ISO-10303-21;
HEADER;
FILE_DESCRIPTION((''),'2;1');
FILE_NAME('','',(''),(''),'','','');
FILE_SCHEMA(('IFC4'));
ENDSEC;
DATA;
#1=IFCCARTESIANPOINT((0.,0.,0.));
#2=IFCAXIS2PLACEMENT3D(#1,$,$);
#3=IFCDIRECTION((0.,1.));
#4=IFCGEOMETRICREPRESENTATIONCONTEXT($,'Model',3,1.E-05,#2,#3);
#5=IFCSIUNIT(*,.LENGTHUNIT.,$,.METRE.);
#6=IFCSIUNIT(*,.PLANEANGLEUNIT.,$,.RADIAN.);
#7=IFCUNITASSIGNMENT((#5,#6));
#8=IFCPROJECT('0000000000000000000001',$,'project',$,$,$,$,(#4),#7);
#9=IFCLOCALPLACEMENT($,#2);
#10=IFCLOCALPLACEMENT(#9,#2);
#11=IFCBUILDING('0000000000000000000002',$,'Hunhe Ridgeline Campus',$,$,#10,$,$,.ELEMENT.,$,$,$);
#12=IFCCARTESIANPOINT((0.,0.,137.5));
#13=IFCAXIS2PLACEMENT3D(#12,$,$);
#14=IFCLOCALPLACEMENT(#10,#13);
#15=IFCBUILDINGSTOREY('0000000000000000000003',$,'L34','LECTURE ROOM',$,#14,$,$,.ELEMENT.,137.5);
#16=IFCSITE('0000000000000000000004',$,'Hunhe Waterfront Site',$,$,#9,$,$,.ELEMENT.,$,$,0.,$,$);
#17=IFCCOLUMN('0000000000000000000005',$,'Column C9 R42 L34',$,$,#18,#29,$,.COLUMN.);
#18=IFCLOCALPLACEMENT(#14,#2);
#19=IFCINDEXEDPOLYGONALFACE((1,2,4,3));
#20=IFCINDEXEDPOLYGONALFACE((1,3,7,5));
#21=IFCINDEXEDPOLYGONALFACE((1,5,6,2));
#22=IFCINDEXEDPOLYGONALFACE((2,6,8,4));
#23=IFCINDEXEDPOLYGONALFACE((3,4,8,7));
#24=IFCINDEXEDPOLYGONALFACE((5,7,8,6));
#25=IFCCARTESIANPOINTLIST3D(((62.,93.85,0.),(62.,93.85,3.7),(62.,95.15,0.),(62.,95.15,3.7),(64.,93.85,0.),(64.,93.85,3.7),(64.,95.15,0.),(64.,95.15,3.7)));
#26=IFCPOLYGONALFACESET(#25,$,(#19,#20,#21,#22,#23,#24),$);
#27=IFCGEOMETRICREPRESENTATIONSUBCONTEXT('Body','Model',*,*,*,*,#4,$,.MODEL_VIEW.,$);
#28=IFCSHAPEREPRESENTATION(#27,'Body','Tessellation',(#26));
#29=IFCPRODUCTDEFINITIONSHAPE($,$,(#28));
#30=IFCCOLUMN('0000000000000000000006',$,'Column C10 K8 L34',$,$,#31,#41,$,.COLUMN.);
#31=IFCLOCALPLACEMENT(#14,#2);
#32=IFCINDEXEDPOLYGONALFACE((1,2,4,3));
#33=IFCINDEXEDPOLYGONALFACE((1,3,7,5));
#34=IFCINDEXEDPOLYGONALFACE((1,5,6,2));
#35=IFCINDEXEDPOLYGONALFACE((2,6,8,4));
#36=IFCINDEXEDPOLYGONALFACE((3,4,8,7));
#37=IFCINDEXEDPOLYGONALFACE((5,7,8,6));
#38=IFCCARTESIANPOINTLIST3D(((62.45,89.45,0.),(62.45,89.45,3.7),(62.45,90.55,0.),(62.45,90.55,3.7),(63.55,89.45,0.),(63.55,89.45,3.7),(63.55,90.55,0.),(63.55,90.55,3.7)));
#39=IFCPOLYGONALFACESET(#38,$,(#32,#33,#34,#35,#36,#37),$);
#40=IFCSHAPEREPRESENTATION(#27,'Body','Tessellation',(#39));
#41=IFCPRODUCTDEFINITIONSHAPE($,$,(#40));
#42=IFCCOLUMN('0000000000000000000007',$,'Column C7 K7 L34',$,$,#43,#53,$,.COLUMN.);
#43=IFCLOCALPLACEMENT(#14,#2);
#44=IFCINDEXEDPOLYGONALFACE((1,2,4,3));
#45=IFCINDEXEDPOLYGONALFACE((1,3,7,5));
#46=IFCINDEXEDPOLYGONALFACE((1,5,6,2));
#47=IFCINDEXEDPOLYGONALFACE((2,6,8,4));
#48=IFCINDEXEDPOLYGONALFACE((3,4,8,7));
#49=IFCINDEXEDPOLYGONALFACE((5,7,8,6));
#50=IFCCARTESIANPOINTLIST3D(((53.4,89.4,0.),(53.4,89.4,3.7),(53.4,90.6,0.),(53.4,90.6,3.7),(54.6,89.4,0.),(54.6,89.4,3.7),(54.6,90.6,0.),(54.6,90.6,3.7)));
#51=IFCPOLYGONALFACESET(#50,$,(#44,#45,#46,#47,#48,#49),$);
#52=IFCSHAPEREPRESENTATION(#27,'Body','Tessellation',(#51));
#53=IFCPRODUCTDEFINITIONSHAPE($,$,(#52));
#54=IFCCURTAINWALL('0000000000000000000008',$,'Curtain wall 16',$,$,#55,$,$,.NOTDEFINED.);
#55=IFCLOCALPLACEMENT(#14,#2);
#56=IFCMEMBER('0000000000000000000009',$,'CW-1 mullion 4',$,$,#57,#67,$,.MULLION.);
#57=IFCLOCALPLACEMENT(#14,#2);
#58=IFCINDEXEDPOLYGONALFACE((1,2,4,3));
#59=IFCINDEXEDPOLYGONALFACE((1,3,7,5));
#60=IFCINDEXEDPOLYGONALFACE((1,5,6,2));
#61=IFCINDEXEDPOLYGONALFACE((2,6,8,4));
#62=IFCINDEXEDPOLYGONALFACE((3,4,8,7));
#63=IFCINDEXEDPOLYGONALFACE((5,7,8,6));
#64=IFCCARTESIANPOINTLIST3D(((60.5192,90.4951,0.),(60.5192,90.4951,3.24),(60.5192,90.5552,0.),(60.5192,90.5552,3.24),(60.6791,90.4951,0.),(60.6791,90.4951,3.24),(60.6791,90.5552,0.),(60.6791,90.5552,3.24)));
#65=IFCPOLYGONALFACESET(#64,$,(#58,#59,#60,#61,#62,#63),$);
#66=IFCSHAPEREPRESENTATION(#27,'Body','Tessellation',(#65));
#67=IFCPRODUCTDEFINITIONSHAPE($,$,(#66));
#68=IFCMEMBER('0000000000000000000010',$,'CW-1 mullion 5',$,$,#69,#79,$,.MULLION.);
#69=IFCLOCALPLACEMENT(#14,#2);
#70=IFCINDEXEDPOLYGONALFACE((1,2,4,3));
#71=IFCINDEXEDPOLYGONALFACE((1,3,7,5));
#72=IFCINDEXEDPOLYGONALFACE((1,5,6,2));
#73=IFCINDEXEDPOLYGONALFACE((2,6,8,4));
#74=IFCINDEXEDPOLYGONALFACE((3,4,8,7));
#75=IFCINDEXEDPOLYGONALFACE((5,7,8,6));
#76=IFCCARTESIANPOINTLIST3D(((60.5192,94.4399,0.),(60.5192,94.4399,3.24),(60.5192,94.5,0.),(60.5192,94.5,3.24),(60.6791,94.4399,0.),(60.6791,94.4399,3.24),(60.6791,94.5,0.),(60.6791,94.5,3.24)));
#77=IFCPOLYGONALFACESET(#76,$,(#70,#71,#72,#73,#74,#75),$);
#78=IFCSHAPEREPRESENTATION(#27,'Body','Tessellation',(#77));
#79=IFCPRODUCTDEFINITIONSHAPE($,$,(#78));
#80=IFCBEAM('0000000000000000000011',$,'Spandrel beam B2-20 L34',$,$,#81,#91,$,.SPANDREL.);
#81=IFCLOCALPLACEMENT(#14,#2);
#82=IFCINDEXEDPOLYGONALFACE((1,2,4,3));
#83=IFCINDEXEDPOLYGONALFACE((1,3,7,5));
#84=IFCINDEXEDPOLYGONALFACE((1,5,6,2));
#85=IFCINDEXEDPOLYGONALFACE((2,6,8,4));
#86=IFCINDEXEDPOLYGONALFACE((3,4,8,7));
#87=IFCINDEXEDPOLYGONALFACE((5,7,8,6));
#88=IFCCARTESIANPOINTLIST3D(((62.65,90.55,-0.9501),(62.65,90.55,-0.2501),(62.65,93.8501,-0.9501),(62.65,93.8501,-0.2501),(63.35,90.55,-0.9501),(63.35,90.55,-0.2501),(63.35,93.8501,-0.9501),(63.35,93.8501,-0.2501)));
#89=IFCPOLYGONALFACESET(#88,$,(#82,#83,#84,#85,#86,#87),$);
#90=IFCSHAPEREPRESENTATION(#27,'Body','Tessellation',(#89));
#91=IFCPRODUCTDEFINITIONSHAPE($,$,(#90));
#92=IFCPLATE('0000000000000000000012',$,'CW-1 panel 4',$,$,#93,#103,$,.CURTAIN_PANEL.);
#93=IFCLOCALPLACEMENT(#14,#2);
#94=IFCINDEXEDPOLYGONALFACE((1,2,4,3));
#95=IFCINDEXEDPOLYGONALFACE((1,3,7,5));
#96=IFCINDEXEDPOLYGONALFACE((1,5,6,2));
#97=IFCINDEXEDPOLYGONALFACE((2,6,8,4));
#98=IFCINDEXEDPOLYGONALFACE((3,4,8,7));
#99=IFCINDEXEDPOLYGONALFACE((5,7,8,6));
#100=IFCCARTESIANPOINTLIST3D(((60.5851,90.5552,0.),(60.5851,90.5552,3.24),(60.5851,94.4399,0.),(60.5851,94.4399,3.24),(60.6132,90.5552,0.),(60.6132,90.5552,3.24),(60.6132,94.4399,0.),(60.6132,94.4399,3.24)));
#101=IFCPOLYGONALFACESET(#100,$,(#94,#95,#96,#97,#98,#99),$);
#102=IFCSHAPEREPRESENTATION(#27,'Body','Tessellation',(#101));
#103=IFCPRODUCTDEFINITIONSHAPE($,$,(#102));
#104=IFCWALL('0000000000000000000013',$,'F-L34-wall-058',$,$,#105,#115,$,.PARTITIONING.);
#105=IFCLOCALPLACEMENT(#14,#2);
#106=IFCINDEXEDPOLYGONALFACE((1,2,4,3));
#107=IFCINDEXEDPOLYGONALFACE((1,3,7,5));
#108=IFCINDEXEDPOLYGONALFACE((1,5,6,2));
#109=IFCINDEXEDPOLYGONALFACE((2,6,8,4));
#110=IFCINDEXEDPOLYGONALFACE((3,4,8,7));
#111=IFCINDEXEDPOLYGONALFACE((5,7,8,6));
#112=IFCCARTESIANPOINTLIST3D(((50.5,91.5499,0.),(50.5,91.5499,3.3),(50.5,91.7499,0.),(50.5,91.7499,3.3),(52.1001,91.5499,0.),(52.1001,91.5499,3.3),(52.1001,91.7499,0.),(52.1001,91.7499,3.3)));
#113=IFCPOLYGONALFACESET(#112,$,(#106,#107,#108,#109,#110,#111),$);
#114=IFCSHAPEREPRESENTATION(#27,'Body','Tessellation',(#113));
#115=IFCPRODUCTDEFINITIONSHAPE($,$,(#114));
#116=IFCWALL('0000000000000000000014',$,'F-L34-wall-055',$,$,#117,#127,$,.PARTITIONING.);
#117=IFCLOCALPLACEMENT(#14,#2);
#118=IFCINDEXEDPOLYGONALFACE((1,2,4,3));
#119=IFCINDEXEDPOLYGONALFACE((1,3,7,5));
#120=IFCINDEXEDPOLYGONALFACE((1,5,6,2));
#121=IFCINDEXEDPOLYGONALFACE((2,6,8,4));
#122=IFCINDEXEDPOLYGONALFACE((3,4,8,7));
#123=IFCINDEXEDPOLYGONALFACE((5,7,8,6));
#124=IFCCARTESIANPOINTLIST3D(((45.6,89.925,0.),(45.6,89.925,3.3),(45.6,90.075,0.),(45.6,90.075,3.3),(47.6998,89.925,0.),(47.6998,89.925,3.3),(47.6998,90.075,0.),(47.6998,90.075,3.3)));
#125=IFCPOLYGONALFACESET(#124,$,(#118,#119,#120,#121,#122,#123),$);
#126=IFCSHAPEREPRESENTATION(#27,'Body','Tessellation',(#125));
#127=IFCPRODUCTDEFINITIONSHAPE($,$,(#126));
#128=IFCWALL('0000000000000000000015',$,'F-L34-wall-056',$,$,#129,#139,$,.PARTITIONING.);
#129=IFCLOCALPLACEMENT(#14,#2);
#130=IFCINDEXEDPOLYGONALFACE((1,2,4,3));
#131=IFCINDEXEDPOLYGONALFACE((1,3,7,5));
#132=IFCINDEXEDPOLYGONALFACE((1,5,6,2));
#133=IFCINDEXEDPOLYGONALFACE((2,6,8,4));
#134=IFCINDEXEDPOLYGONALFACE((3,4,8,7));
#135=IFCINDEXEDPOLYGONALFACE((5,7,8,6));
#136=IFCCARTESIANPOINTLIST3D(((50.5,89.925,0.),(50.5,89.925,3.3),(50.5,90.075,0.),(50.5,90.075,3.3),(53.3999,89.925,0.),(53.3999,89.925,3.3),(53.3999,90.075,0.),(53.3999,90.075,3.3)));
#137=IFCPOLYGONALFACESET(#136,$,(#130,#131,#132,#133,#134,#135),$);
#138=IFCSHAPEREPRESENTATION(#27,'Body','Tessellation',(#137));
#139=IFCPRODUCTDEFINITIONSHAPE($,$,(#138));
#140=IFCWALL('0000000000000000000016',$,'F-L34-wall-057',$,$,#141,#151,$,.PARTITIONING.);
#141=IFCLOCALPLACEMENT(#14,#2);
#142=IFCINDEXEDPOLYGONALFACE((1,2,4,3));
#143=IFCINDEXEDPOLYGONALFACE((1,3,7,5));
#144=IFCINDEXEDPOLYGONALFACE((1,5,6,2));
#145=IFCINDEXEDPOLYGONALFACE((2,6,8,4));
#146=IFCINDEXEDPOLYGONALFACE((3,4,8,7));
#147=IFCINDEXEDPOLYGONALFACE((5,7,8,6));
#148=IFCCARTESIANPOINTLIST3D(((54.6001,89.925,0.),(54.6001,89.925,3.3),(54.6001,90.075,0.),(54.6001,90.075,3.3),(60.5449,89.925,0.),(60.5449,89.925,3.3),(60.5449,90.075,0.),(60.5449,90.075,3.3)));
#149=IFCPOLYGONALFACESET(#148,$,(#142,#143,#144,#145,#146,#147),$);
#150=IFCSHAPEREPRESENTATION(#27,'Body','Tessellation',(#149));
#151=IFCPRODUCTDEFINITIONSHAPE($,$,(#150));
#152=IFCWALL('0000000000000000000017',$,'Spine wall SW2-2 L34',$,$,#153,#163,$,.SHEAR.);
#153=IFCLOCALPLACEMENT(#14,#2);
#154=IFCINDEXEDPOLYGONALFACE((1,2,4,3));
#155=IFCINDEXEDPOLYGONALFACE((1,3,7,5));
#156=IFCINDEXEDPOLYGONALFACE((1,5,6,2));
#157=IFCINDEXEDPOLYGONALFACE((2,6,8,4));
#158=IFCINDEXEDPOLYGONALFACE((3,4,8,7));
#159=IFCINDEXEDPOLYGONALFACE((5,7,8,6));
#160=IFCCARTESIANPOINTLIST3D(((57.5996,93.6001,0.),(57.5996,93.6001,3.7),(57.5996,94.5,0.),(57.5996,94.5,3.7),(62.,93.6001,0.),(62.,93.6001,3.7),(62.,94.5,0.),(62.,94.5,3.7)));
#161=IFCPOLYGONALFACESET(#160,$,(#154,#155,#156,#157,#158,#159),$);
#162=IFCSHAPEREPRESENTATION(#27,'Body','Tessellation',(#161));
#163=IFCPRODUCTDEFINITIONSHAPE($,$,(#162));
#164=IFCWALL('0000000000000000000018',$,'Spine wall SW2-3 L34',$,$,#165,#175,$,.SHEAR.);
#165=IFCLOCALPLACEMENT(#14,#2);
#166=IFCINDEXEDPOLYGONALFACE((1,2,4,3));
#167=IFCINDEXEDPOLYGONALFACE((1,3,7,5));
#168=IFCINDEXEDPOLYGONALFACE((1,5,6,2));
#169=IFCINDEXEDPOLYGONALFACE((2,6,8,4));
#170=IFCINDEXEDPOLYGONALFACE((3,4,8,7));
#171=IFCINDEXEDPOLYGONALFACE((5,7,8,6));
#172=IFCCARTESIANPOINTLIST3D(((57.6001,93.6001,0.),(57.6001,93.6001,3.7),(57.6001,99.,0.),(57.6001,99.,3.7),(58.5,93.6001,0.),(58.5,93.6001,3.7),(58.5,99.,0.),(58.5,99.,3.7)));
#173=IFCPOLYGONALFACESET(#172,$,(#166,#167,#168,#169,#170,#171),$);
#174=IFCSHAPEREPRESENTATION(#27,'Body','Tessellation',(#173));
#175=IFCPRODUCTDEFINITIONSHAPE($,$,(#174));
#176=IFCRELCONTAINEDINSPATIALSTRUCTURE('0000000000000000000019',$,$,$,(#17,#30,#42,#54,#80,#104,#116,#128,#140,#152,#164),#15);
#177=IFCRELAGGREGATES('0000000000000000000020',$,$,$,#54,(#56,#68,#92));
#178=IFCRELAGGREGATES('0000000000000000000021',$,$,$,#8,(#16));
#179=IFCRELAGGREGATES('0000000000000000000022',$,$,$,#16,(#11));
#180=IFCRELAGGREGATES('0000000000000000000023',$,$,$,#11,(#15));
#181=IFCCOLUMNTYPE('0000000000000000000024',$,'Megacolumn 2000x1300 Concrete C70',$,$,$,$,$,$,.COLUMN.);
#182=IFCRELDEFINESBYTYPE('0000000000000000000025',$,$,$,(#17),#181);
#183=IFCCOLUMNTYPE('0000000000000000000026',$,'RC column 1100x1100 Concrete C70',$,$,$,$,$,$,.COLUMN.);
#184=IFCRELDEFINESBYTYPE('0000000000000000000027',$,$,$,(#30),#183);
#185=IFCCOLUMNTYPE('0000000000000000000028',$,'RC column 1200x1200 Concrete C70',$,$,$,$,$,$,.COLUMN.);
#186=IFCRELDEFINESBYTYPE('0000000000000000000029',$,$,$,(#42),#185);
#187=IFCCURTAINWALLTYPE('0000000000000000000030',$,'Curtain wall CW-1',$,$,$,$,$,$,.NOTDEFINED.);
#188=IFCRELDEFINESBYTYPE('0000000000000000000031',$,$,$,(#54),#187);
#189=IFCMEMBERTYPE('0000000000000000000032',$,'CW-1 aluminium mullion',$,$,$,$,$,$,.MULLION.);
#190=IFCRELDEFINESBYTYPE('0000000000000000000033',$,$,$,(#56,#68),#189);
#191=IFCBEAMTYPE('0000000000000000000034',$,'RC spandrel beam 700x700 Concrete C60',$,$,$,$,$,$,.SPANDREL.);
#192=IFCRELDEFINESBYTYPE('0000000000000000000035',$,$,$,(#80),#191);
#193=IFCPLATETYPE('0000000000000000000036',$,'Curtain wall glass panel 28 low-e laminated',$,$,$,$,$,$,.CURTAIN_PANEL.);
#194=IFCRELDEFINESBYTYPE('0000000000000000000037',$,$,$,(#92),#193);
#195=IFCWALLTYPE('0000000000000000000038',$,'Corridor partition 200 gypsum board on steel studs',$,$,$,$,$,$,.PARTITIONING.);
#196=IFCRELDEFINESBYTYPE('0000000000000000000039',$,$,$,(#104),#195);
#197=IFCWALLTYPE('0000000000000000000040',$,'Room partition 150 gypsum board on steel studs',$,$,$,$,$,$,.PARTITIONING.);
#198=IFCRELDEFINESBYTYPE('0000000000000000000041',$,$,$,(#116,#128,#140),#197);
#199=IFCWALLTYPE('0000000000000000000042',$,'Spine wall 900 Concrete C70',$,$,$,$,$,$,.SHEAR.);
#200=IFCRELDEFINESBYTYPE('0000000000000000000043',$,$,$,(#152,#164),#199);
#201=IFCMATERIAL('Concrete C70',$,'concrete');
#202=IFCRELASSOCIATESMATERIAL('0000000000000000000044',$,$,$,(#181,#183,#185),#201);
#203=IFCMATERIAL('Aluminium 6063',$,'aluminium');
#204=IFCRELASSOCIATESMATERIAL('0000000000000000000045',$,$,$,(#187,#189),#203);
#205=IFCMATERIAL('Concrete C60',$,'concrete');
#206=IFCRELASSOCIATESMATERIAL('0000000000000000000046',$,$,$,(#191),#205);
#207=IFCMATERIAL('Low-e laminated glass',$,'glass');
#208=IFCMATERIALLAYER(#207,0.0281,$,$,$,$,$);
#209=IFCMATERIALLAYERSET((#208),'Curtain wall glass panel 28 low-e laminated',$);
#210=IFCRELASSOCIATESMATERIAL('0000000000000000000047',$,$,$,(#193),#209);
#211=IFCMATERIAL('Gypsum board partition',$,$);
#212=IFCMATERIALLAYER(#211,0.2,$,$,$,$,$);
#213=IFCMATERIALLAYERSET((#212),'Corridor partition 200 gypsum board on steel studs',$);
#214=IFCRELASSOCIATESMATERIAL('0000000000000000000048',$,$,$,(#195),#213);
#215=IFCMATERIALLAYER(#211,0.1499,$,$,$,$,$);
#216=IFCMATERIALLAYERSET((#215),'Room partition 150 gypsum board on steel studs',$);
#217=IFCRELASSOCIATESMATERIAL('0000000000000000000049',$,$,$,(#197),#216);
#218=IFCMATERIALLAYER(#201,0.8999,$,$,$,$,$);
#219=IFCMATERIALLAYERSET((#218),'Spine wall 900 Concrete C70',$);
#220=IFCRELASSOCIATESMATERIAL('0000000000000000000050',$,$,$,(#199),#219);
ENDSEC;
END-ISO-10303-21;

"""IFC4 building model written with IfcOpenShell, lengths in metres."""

from ifc_helpers import new_model, si_unit, direction, frame, frame_2d, origin, origin_2d, place, context, subcontext, project, spatial, rectangle, extrude, material, layer, layer_set, material_profile, profile_set, type_object, element, aggregate, save


model = new_model("IFC4")

# Units and contexts
model_context = context("Model", 3, precision=1e-05, world=origin(), true_north=direction((0.0, 1.0)))
body_context = subcontext(model_context, "Body", "Model", "MODEL_VIEW")
ifc_project = project(units=[si_unit("LENGTHUNIT", "METRE"), si_unit("PLANEANGLEUNIT", "RADIAN")], contexts=[model_context])

# Site, building, storey
site_placement = place(None, origin())
site = spatial("IfcSite", under=ifc_project, at=site_placement, Name="Hunhe Waterfront Site", CompositionType="ELEMENT", RefElevation=0.0)
building_placement = place(site_placement, origin())
building = spatial("IfcBuilding", under=site, at=building_placement, Name="Hunhe Ridgeline Campus", CompositionType="ELEMENT")
storey_placement = place(building_placement, frame((0.0, 0.0, 137.5)))
storey = spatial("IfcBuildingStorey", under=building, at=storey_placement, Name="L34", Description="LECTURE ROOM", CompositionType="ELEMENT", Elevation=137.5)

# Columns
ifc_material_1 = material(Name="Concrete C70", Category="concrete")
ifc_material_profile_1 = material_profile(ifc_material_1, rectangle(XDim=2.0, YDim=1.3, at=origin_2d()))
ifc_profile_set_1 = profile_set([ifc_material_profile_1], Name="Concrete C70")
column_type_1 = type_object("IfcColumnType", Name="Megacolumn 2000x1300 Concrete C70", PredefinedType="COLUMN", material=ifc_profile_set_1)
column_1_placement = place(storey_placement, frame((63.0, 94.5, 0.0), z_axis=(0.0, 0.0, 1.0), x_axis=(1.0, 0.0, 0.0)))
element("IfcColumn", 1, at=column_1_placement, inside=storey, type_object=column_type_1, Name="Column C9 R42 L34", PredefinedType="COLUMN", context=body_context, shape_type="SweptSolid", body=[
    extrude(rectangle(XDim=2.0, YDim=1.3, at=origin_2d()), origin(), (0.0, 0.0, 1.0), 3.7),
])
ifc_material_profile_2 = material_profile(ifc_material_1, rectangle(XDim=1.1001, YDim=1.1001, at=origin_2d()))
ifc_profile_set_2 = profile_set([ifc_material_profile_2], Name="Concrete C70")
column_type_2 = type_object("IfcColumnType", Name="RC column 1100x1100 Concrete C70", PredefinedType="COLUMN", material=ifc_profile_set_2)
column_2_placement = place(storey_placement, frame((63.0, 90.0, 0.0), z_axis=(0.0, 0.0, 1.0), x_axis=(1.0, 0.0, 0.0)))
element("IfcColumn", 2, at=column_2_placement, inside=storey, type_object=column_type_2, Name="Column C10 K8 L34", PredefinedType="COLUMN", context=body_context, shape_type="SweptSolid", body=[
    extrude(rectangle(XDim=1.1001, YDim=1.1001, at=origin_2d()), origin(), (0.0, 0.0, 1.0), 3.7),
])
ifc_material_profile_3 = material_profile(ifc_material_1, rectangle(XDim=1.2, YDim=1.2, at=origin_2d()))
ifc_profile_set_3 = profile_set([ifc_material_profile_3], Name="Concrete C70")
column_type_3 = type_object("IfcColumnType", Name="RC column 1200x1200 Concrete C70", PredefinedType="COLUMN", material=ifc_profile_set_3)
column_3_placement = place(storey_placement, frame((54.0, 90.0, 0.0), z_axis=(0.0, 0.0, 1.0), x_axis=(1.0, 0.0, 0.0)))
element("IfcColumn", 3, at=column_3_placement, inside=storey, type_object=column_type_3, Name="Column C7 K7 L34", PredefinedType="COLUMN", context=body_context, shape_type="SweptSolid", body=[
    extrude(rectangle(XDim=1.2, YDim=1.2, at=origin_2d()), origin(), (0.0, 0.0, 1.0), 3.7),
])

# Curtain wall, members
ifc_material_2 = material(Name="Aluminium 6063", Category="aluminium")
curtain_wall_type = type_object("IfcCurtainWallType", Name="Curtain wall CW-1", PredefinedType="NOTDEFINED", material=ifc_material_2)
curtain_wall_placement = place(storey_placement, origin())
curtain_wall = element("IfcCurtainWall", 4, at=curtain_wall_placement, inside=storey, type_object=curtain_wall_type, Name="Curtain wall 16", PredefinedType="NOTDEFINED")
ifc_material_profile_4 = material_profile(ifc_material_2, rectangle(XDim=0.1599, YDim=0.0601, at=origin_2d()))
ifc_profile_set_4 = profile_set([ifc_material_profile_4], Name="Aluminium 6063")
member_type = type_object("IfcMemberType", Name="CW-1 aluminium mullion", PredefinedType="MULLION", material=ifc_profile_set_4)
member_1_placement = place(storey_placement, frame((60.5991, 90.5251, 0.0), z_axis=(0.0, 0.0, 1.0), x_axis=(-1.0, 0.0, 0.0)))
member_1 = element("IfcMember", 5, at=member_1_placement, type_object=member_type, Name="CW-1 mullion 4", PredefinedType="MULLION", context=body_context, shape_type="SweptSolid", body=[
    extrude(rectangle(XDim=0.1599, YDim=0.0601, at=origin_2d()), origin(), (0.0, 0.0, 1.0), 3.24),
])
member_2_placement = place(storey_placement, frame((60.5991, 94.47, 0.0), z_axis=(0.0, 0.0, 1.0), x_axis=(-1.0, 0.0, 0.0)))
member_2 = element("IfcMember", 6, at=member_2_placement, type_object=member_type, Name="CW-1 mullion 5", PredefinedType="MULLION", context=body_context, shape_type="SweptSolid", body=[
    extrude(rectangle(XDim=0.1599, YDim=0.0601, at=origin_2d()), origin(), (0.0, 0.0, 1.0), 3.24),
])

# Beam
ifc_material_3 = material(Name="Concrete C60", Category="concrete")
ifc_material_profile_5 = material_profile(ifc_material_3, rectangle(XDim=0.7, YDim=0.7, at=origin_2d()))
ifc_profile_set_5 = profile_set([ifc_material_profile_5], Name="Concrete C60")
beam_type = type_object("IfcBeamType", Name="RC spandrel beam 700x700 Concrete C60", PredefinedType="SPANDREL", material=ifc_profile_set_5)
beam_placement = place(storey_placement, frame((63.0, 90.55, -0.6001), z_axis=(0.0, 1.0, 0.0), x_axis=(-1.0, 0.0, 0.0)))
element("IfcBeam", 7, at=beam_placement, inside=storey, type_object=beam_type, Name="Spandrel beam B2-20 L34", PredefinedType="SPANDREL", context=body_context, shape_type="SweptSolid", body=[
    extrude(rectangle(XDim=0.7, YDim=0.7, at=origin_2d()), origin(), (0.0, 0.0, 1.0), 3.3),
])

# Plate
ifc_material_4 = material(Name="Low-e laminated glass", Category="glass")
ifc_layer_1 = layer(ifc_material_4, 0.0281)
ifc_layer_set_1 = layer_set([ifc_layer_1], Name="Curtain wall glass panel 28 low-e laminated")
plate_type = type_object("IfcPlateType", Name="Curtain wall glass panel 28 low-e laminated", PredefinedType="CURTAIN_PANEL", material=ifc_layer_set_1)
plate_placement = place(storey_placement, frame((60.5991, 92.4976, 0.0), z_axis=(0.0, 0.0, 1.0), x_axis=(0.0, 1.0, 0.0)))
plate = element("IfcPlate", 8, at=plate_placement, type_object=plate_type, Name="CW-1 panel 4", PredefinedType="CURTAIN_PANEL", context=body_context, shape_type="SweptSolid", body=[
    extrude(rectangle(XDim=3.8848, YDim=0.0281, at=origin_2d()), origin(), (0.0, 0.0, 1.0), 3.24),
])
aggregate(curtain_wall, [member_1, member_2, plate])

# Wall
ifc_material_5 = material(Name="Gypsum board partition")
ifc_layer_2 = layer(ifc_material_5, 0.2)
ifc_layer_set_2 = layer_set([ifc_layer_2], Name="Corridor partition 200 gypsum board on steel studs")
wall_type_1 = type_object("IfcWallType", Name="Corridor partition 200 gypsum board on steel studs", PredefinedType="PARTITIONING", material=ifc_layer_set_2)
wall_1_placement = place(storey_placement, frame((52.1001, 91.6499, 0.0), z_axis=(0.0, 0.0, 1.0), x_axis=(-1.0, 0.0, 0.0)))
element("IfcWall", 9, at=wall_1_placement, inside=storey, type_object=wall_type_1, Name="F-L34-wall-058", PredefinedType="PARTITIONING", context=body_context, shape_type="SweptSolid", body=[
    extrude(rectangle(XDim=1.6001, YDim=0.2, at=frame_2d((0.8, 0.0))), origin(), (0.0, 0.0, 1.0), 3.3),
])

# Walls
ifc_layer_3 = layer(ifc_material_5, 0.1499)
ifc_layer_set_3 = layer_set([ifc_layer_3], Name="Room partition 150 gypsum board on steel studs")
wall_type_2 = type_object("IfcWallType", Name="Room partition 150 gypsum board on steel studs", PredefinedType="PARTITIONING", material=ifc_layer_set_3)
wall_2_placement = place(storey_placement, frame((45.6001, 90.0, 0.0), z_axis=(0.0, 0.0, 1.0), x_axis=(1.0, 0.0, 0.0)))
element("IfcWall", 10, at=wall_2_placement, inside=storey, type_object=wall_type_2, Name="F-L34-wall-055", PredefinedType="PARTITIONING", context=body_context, shape_type="SweptSolid", body=[
    extrude(rectangle(XDim=2.0999, YDim=0.1499, at=frame_2d((1.0498, 0.0))), origin(), (0.0, 0.0, 1.0), 3.3),
])
wall_3_placement = place(storey_placement, frame((50.5, 90.0, 0.0), z_axis=(0.0, 0.0, 1.0), x_axis=(1.0, 0.0, 0.0)))
element("IfcWall", 11, at=wall_3_placement, inside=storey, type_object=wall_type_2, Name="F-L34-wall-056", PredefinedType="PARTITIONING", context=body_context, shape_type="SweptSolid", body=[
    extrude(rectangle(XDim=2.8999, YDim=0.1499, at=frame_2d((1.45, 0.0))), origin(), (0.0, 0.0, 1.0), 3.3),
])
wall_4_placement = place(storey_placement, frame((54.6001, 90.0, 0.0), z_axis=(0.0, 0.0, 1.0), x_axis=(1.0, 0.0, 0.0)))
element("IfcWall", 12, at=wall_4_placement, inside=storey, type_object=wall_type_2, Name="F-L34-wall-057", PredefinedType="PARTITIONING", context=body_context, shape_type="SweptSolid", body=[
    extrude(rectangle(XDim=5.9448, YDim=0.1499, at=frame_2d((2.9724, 0.0))), origin(), (0.0, 0.0, 1.0), 3.3),
])
ifc_layer_4 = layer(ifc_material_1, 0.8999)
ifc_layer_set_4 = layer_set([ifc_layer_4], Name="Spine wall 900 Concrete C70")
wall_type_3 = type_object("IfcWallType", Name="Spine wall 900 Concrete C70", PredefinedType="SHEAR", material=ifc_layer_set_4)
wall_5_placement = place(storey_placement, frame((62.0, 94.05, 0.0), z_axis=(0.0, 0.0, 1.0), x_axis=(-1.0, 0.0, 0.0)))
element("IfcWall", 13, at=wall_5_placement, inside=storey, type_object=wall_type_3, Name="Spine wall SW2-2 L34", PredefinedType="SHEAR", context=body_context, shape_type="SweptSolid", body=[
    extrude(rectangle(XDim=4.4004, YDim=0.8999, at=frame_2d((2.2002, 0.0))), origin(), (0.0, 0.0, 1.0), 3.7),
])
wall_6_placement = place(storey_placement, frame((58.05, 93.6001, 0.0), z_axis=(0.0, 0.0, 1.0), x_axis=(0.0, 1.0, 0.0)))
element("IfcWall", 14, at=wall_6_placement, inside=storey, type_object=wall_type_3, Name="Spine wall SW2-3 L34", PredefinedType="SHEAR", context=body_context, shape_type="SweptSolid", body=[
    extrude(rectangle(XDim=5.3999, YDim=0.8999, at=frame_2d((2.7, 0.0))), origin(), (0.0, 0.0, 1.0), 3.7),
])

save(model, "model.ifc")
